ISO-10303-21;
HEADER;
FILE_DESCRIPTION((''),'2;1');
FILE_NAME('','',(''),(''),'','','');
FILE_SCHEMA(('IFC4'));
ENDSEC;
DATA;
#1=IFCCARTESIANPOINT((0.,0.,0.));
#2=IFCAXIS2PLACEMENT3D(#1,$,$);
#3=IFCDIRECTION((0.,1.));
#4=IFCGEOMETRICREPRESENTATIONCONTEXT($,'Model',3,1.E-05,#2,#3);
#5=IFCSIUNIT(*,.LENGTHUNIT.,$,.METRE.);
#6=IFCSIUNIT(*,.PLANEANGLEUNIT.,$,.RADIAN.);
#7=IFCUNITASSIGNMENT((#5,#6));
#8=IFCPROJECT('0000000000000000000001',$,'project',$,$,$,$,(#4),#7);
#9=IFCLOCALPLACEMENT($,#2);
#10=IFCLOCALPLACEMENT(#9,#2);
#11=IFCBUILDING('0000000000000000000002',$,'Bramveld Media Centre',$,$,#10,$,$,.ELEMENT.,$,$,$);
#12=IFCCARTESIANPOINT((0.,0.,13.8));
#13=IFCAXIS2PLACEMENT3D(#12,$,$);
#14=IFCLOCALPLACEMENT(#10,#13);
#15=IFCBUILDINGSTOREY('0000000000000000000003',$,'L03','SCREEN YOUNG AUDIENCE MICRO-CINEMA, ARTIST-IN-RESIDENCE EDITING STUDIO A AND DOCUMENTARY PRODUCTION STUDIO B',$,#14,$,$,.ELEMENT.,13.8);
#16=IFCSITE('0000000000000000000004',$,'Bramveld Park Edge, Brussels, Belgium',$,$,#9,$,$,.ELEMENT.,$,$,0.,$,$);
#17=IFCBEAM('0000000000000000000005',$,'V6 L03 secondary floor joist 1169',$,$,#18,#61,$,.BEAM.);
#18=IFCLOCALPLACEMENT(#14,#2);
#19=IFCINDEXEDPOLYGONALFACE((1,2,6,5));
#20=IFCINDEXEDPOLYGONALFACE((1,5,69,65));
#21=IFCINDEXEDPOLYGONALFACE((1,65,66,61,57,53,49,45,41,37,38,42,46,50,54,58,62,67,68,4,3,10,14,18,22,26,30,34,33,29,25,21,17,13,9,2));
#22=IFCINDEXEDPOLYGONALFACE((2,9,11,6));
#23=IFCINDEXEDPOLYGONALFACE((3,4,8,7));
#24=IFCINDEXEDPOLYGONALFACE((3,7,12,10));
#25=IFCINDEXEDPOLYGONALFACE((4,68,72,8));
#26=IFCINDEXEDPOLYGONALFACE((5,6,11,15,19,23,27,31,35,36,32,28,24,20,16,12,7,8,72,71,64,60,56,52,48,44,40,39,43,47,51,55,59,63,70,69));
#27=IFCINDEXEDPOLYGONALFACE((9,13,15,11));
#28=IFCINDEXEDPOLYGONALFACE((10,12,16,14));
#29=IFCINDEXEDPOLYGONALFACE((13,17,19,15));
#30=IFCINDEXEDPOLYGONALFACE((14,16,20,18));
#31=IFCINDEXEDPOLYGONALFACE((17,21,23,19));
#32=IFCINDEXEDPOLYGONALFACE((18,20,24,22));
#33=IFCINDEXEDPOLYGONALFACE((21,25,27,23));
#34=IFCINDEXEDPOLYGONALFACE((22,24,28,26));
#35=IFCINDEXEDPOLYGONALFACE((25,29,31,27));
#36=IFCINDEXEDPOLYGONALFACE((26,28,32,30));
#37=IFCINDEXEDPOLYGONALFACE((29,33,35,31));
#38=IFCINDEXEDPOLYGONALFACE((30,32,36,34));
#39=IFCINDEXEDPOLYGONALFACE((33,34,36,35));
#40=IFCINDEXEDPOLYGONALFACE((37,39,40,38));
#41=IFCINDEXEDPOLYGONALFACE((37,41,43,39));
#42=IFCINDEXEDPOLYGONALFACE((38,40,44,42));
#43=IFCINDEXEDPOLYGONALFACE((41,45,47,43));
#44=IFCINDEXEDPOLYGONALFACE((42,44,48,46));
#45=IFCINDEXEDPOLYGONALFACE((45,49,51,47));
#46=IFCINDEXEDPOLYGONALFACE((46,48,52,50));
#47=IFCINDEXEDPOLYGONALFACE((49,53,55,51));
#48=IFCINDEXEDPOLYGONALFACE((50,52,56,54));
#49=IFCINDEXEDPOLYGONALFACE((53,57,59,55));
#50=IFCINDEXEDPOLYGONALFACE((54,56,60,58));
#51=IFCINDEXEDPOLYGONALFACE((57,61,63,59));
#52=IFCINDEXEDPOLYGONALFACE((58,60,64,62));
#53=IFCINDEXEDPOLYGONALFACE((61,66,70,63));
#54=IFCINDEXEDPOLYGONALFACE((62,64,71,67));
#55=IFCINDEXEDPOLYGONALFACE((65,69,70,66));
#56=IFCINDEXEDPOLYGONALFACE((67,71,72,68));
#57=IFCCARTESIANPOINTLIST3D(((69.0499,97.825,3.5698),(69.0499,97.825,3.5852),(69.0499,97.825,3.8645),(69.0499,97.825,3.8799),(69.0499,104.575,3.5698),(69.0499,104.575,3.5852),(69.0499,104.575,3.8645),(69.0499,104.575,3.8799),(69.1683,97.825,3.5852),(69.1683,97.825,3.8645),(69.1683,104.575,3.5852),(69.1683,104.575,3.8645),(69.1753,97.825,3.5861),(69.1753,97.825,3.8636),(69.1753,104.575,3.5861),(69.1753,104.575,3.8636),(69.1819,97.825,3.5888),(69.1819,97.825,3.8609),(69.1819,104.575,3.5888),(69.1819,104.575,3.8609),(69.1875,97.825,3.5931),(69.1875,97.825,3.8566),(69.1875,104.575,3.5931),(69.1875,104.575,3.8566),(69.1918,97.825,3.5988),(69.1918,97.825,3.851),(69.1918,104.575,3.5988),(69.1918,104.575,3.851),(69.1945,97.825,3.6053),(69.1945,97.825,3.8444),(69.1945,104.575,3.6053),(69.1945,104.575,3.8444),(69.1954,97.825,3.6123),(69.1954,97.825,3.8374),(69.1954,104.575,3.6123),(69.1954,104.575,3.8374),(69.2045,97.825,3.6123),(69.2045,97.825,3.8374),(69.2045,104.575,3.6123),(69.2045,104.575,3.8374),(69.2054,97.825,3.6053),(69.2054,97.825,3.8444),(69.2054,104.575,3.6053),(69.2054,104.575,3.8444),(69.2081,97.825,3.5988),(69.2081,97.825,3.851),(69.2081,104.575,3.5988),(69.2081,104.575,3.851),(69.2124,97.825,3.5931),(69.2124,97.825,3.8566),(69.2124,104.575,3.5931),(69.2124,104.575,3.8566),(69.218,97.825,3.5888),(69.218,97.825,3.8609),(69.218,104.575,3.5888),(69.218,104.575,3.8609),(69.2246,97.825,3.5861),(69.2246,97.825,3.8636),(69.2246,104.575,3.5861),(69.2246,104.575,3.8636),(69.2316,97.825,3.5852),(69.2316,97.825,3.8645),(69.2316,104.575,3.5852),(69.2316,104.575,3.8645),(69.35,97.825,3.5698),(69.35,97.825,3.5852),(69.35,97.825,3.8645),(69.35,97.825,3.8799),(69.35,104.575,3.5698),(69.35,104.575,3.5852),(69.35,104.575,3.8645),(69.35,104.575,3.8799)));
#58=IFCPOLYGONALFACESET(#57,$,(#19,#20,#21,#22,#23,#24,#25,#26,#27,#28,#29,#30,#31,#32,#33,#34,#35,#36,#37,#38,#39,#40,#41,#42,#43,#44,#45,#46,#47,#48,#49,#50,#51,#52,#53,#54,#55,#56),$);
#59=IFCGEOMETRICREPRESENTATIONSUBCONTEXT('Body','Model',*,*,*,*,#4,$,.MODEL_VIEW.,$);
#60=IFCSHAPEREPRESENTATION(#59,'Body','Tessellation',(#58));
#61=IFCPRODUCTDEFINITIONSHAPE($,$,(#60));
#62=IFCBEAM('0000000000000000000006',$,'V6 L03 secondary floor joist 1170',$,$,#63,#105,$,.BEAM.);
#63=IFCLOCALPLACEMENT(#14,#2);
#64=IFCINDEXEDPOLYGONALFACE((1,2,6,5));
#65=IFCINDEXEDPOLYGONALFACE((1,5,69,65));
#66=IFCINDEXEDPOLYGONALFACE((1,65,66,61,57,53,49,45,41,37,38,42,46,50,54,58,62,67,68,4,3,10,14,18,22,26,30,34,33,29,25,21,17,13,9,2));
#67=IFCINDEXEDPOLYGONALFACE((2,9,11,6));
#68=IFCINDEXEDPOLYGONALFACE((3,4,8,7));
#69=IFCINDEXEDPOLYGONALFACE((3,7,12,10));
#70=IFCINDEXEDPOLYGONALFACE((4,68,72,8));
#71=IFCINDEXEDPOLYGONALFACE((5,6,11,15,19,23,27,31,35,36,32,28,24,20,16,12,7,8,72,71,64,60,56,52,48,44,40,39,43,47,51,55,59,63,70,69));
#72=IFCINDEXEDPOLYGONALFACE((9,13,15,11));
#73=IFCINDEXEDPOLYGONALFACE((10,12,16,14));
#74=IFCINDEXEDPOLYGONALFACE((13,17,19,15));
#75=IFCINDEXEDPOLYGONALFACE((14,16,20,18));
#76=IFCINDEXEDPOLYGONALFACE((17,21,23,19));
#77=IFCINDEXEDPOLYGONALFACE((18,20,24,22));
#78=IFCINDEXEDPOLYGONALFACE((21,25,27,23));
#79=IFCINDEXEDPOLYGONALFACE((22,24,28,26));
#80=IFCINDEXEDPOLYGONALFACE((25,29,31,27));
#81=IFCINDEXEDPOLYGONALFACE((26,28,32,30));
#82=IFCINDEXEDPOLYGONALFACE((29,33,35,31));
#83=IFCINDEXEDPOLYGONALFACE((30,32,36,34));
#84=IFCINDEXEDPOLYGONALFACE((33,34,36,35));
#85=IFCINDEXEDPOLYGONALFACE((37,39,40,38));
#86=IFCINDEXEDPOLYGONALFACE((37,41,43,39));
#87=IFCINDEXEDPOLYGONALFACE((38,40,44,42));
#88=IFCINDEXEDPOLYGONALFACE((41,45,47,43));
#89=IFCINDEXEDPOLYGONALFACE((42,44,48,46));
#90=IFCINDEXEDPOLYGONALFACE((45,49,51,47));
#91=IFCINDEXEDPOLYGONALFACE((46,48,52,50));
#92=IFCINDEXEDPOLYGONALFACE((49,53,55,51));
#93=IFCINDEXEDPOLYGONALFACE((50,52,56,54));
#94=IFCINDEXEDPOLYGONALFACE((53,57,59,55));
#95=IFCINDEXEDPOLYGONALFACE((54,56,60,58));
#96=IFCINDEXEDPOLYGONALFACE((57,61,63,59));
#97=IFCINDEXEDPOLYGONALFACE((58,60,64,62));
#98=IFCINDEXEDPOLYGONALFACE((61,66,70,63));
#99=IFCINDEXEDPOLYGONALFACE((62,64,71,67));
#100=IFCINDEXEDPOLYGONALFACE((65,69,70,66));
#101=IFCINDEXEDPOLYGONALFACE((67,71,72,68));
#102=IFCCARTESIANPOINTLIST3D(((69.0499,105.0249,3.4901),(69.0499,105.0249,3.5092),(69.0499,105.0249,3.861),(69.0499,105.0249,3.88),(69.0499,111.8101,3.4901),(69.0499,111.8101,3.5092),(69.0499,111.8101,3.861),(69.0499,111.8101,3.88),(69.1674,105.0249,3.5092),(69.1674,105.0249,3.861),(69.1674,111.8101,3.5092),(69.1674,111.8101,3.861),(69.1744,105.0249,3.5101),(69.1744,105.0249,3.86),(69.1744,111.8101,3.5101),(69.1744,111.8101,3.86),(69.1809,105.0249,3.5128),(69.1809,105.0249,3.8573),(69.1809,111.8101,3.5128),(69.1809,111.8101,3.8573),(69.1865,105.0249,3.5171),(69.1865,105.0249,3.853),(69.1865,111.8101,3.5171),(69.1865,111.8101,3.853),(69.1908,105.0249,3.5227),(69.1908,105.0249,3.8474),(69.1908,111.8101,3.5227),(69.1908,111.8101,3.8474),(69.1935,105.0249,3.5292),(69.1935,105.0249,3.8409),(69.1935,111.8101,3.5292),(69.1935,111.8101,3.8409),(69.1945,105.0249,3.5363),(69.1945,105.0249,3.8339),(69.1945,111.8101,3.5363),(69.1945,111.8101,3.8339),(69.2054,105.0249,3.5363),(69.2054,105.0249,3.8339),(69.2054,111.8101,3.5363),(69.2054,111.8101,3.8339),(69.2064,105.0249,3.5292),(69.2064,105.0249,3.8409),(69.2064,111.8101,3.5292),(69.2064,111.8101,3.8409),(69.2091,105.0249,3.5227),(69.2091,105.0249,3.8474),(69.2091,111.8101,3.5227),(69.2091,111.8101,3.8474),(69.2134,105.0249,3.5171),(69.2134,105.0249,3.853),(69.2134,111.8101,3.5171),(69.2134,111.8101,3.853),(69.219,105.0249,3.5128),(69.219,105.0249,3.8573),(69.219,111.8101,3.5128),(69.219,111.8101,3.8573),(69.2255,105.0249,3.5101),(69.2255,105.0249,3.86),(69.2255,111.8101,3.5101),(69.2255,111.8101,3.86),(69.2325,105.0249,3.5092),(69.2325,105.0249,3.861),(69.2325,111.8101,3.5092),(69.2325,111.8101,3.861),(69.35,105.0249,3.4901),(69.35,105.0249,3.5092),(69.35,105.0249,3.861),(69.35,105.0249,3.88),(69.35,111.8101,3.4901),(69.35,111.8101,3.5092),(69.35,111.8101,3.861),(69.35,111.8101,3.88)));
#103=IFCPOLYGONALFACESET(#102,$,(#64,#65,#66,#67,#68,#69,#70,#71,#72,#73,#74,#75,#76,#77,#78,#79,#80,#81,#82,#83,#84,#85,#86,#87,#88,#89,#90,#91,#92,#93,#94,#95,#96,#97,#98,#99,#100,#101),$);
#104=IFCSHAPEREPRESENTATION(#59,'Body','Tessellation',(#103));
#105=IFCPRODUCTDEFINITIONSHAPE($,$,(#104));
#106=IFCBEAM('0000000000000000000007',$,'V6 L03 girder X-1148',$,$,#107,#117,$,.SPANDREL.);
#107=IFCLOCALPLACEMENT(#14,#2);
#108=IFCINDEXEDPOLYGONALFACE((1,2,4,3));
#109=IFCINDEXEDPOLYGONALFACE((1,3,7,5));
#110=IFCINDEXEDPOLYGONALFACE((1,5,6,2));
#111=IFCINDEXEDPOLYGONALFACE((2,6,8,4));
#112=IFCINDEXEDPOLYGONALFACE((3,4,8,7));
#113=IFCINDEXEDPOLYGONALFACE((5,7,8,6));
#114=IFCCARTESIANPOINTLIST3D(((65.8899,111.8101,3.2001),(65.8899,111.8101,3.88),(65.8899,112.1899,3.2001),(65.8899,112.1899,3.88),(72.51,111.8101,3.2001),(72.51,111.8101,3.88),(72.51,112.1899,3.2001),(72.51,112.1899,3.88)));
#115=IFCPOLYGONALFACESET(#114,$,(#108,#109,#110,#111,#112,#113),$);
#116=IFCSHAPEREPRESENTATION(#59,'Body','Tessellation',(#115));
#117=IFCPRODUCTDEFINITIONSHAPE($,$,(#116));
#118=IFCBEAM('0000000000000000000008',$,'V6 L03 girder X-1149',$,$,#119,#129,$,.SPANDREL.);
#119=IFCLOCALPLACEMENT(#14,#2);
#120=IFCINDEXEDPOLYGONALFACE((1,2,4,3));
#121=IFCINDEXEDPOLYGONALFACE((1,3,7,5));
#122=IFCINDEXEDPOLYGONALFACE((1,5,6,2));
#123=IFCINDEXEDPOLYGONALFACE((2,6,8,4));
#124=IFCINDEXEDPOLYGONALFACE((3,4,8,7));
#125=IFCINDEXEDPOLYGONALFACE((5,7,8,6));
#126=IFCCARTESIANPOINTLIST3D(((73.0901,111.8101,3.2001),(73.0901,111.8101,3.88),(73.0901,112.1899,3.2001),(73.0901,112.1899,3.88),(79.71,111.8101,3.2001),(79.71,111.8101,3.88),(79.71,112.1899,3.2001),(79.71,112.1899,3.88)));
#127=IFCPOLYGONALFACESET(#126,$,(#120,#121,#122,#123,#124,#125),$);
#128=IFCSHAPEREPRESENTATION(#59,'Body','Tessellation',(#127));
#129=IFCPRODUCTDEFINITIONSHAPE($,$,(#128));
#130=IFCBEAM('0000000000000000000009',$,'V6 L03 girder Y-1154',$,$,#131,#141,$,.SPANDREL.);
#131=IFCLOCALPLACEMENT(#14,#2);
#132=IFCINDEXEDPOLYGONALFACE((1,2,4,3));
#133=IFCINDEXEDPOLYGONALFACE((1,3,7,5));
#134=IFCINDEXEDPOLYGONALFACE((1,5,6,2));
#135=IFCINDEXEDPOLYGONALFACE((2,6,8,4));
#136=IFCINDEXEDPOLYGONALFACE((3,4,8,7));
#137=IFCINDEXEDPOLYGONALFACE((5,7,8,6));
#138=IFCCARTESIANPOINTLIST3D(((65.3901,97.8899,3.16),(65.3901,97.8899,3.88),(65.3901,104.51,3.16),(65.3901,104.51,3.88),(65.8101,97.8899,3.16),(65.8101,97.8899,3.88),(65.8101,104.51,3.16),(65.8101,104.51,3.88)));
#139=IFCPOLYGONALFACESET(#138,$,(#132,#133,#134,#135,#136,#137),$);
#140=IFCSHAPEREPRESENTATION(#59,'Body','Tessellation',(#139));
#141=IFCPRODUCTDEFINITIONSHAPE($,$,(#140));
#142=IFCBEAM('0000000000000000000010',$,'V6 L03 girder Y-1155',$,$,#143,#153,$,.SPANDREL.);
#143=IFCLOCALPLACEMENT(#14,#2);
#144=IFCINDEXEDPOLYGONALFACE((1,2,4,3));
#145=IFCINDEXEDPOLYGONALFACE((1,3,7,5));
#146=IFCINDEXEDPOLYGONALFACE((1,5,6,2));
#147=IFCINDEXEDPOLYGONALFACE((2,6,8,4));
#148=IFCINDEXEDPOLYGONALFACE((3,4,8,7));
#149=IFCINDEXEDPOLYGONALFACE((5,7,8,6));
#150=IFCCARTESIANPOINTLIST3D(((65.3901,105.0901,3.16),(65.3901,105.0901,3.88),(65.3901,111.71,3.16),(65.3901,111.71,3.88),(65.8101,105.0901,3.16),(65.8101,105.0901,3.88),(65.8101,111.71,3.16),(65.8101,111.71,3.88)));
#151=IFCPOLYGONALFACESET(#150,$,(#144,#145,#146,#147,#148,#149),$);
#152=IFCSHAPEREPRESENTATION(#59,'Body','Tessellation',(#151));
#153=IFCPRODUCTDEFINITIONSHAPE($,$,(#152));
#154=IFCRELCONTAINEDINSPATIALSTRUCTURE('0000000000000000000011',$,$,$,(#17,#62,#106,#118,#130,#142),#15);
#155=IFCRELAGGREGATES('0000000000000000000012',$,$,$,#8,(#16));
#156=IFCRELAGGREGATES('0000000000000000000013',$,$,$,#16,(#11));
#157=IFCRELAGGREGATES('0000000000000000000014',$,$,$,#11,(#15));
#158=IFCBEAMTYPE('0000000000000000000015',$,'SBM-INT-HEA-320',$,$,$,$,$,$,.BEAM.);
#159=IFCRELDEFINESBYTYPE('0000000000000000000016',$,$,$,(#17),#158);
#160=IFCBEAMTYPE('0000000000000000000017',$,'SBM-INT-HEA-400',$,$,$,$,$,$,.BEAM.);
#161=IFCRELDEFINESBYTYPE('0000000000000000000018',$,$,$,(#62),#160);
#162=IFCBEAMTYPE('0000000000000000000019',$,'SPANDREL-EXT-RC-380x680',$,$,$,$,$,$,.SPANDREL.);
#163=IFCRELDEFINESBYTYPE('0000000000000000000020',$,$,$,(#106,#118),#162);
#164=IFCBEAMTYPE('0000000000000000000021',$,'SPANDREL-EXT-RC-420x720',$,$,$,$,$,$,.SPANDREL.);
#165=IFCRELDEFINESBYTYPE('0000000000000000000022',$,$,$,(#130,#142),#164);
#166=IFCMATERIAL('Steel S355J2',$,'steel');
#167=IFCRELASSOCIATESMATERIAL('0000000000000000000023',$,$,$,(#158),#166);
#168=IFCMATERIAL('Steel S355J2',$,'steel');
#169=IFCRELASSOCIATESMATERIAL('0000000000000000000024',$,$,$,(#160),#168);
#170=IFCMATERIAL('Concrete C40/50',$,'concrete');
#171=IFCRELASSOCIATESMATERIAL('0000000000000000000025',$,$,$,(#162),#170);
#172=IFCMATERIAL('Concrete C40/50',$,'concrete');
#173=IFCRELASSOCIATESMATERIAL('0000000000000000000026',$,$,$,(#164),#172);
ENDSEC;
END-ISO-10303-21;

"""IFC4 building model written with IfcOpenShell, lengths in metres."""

from ifc_helpers import new_model, si_unit, direction, frame, origin, origin_2d, place, context, subcontext, project, spatial, rectangle, i_section, extrude, material, material_profile, profile_set, type_object, element, save


model = new_model("IFC4")

# Units and contexts
model_context = context("Model", 3, precision=1e-05, world=origin(), true_north=direction((0.0, 1.0)))
body_context = subcontext(model_context, "Body", "Model", "MODEL_VIEW")
ifc_project = project(units=[si_unit("LENGTHUNIT", "METRE"), si_unit("PLANEANGLEUNIT", "RADIAN")], contexts=[model_context])

# Site, building, storey
site_placement = place(None, origin())
site = spatial("IfcSite", under=ifc_project, at=site_placement, Name="Bramveld Park Edge, Brussels, Belgium", CompositionType="ELEMENT", RefElevation=0.0)
building_placement = place(site_placement, origin())
building = spatial("IfcBuilding", under=site, at=building_placement, Name="Bramveld Media Centre", CompositionType="ELEMENT")
storey_placement = place(building_placement, frame((0.0, 0.0, 13.8)))
storey = spatial("IfcBuildingStorey", under=building, at=storey_placement, Name="L03", Description="SCREEN YOUNG AUDIENCE MICRO-CINEMA, ARTIST-IN-RESIDENCE EDITING STUDIO A AND DOCUMENTARY PRODUCTION STUDIO B", CompositionType="ELEMENT", Elevation=13.8)

# Beams
ifc_material_1 = material(Name="Steel S355J2", Category="steel")
ifc_material_profile_1 = material_profile(ifc_material_1, i_section(OverallWidth=0.3, OverallDepth=0.3101, WebThickness=0.009, FlangeThickness=0.0154, FilletRadius=0.0271, at=origin_2d()), Name="HEA 320")
ifc_profile_set_1 = profile_set([ifc_material_profile_1], Name="Steel S355J2")
beam_type_1 = type_object("IfcBeamType", Name="SBM-INT-HEA-320", PredefinedType="BEAM", material=ifc_profile_set_1)
beam_1_placement = place(storey_placement, frame((69.2, 97.825, 3.7249), z_axis=(0.0, 1.0, 0.0), x_axis=(-1.0, 0.0, 0.0)))
element("IfcBeam", 1, at=beam_1_placement, inside=storey, type_object=beam_type_1, Name="V6 L03 secondary floor joist 1169", PredefinedType="BEAM", context=body_context, shape_type="SweptSolid", body=[
    extrude(i_section(OverallWidth=0.3, OverallDepth=0.3101, WebThickness=0.009, FlangeThickness=0.0154, FilletRadius=0.0271, at=origin_2d()), origin(), (0.0, 0.0, 1.0), 6.75),
])
ifc_material_2 = material(Name="Steel S355J2", Category="steel")
ifc_material_profile_2 = material_profile(ifc_material_2, i_section(OverallWidth=0.3, OverallDepth=0.3899, WebThickness=0.011, FlangeThickness=0.019, FilletRadius=0.0271, at=origin_2d()), Name="HEA 400")
ifc_profile_set_2 = profile_set([ifc_material_profile_2], Name="Steel S355J2")
beam_type_2 = type_object("IfcBeamType", Name="SBM-INT-HEA-400", PredefinedType="BEAM", material=ifc_profile_set_2)
beam_2_placement = place(storey_placement, frame((69.2, 105.0249, 3.6851), z_axis=(0.0, 1.0, 0.0), x_axis=(-1.0, 0.0, 0.0)))
element("IfcBeam", 2, at=beam_2_placement, inside=storey, type_object=beam_type_2, Name="V6 L03 secondary floor joist 1170", PredefinedType="BEAM", context=body_context, shape_type="SweptSolid", body=[
    extrude(i_section(OverallWidth=0.3, OverallDepth=0.3899, WebThickness=0.011, FlangeThickness=0.019, FilletRadius=0.0271, at=origin_2d()), origin(), (0.0, 0.0, 1.0), 6.7852),
])
ifc_material_3 = material(Name="Concrete C40/50", Category="concrete")
ifc_material_profile_3 = material_profile(ifc_material_3, rectangle(XDim=0.3799, YDim=0.6799, at=origin_2d()), Name="RC 380x680")
ifc_profile_set_3 = profile_set([ifc_material_profile_3], Name="Concrete C40/50")
beam_type_3 = type_object("IfcBeamType", Name="SPANDREL-EXT-RC-380x680", PredefinedType="SPANDREL", material=ifc_profile_set_3)
beam_3_placement = place(storey_placement, frame((65.8899, 112.0, 3.54), z_axis=(1.0, 0.0, 0.0), x_axis=(0.0, 1.0, 0.0)))
element("IfcBeam", 3, at=beam_3_placement, inside=storey, type_object=beam_type_3, Name="V6 L03 girder X-1148", PredefinedType="SPANDREL", context=body_context, shape_type="SweptSolid", body=[
    extrude(rectangle(XDim=0.3799, YDim=0.6799, at=origin_2d()), origin(), (0.0, 0.0, 1.0), 6.6201),
])
beam_4_placement = place(storey_placement, frame((73.0901, 112.0, 3.54), z_axis=(1.0, 0.0, 0.0), x_axis=(0.0, 1.0, 0.0)))
element("IfcBeam", 4, at=beam_4_placement, inside=storey, type_object=beam_type_3, Name="V6 L03 girder X-1149", PredefinedType="SPANDREL", context=body_context, shape_type="SweptSolid", body=[
    extrude(rectangle(XDim=0.3799, YDim=0.6799, at=origin_2d()), origin(), (0.0, 0.0, 1.0), 6.6199),
])
ifc_material_4 = material(Name="Concrete C40/50", Category="concrete")
ifc_material_profile_4 = material_profile(ifc_material_4, rectangle(XDim=0.4199, YDim=0.72, at=origin_2d()), Name="RC 420x720")
ifc_profile_set_4 = profile_set([ifc_material_profile_4], Name="Concrete C40/50")
beam_type_4 = type_object("IfcBeamType", Name="SPANDREL-EXT-RC-420x720", PredefinedType="SPANDREL", material=ifc_profile_set_4)
beam_5_placement = place(storey_placement, frame((65.6001, 97.8899, 3.52), z_axis=(0.0, 1.0, 0.0), x_axis=(-1.0, 0.0, 0.0)))
element("IfcBeam", 5, at=beam_5_placement, inside=storey, type_object=beam_type_4, Name="V6 L03 girder Y-1154", PredefinedType="SPANDREL", context=body_context, shape_type="SweptSolid", body=[
    extrude(rectangle(XDim=0.4199, YDim=0.72, at=origin_2d()), origin(), (0.0, 0.0, 1.0), 6.6201),
])
beam_6_placement = place(storey_placement, frame((65.6001, 105.0901, 3.52), z_axis=(0.0, 1.0, 0.0), x_axis=(-1.0, 0.0, 0.0)))
element("IfcBeam", 6, at=beam_6_placement, inside=storey, type_object=beam_type_4, Name="V6 L03 girder Y-1155", PredefinedType="SPANDREL", context=body_context, shape_type="SweptSolid", body=[
    extrude(rectangle(XDim=0.4199, YDim=0.72, at=origin_2d()), origin(), (0.0, 0.0, 1.0), 6.6199),
])

save(model, "model.ifc")
